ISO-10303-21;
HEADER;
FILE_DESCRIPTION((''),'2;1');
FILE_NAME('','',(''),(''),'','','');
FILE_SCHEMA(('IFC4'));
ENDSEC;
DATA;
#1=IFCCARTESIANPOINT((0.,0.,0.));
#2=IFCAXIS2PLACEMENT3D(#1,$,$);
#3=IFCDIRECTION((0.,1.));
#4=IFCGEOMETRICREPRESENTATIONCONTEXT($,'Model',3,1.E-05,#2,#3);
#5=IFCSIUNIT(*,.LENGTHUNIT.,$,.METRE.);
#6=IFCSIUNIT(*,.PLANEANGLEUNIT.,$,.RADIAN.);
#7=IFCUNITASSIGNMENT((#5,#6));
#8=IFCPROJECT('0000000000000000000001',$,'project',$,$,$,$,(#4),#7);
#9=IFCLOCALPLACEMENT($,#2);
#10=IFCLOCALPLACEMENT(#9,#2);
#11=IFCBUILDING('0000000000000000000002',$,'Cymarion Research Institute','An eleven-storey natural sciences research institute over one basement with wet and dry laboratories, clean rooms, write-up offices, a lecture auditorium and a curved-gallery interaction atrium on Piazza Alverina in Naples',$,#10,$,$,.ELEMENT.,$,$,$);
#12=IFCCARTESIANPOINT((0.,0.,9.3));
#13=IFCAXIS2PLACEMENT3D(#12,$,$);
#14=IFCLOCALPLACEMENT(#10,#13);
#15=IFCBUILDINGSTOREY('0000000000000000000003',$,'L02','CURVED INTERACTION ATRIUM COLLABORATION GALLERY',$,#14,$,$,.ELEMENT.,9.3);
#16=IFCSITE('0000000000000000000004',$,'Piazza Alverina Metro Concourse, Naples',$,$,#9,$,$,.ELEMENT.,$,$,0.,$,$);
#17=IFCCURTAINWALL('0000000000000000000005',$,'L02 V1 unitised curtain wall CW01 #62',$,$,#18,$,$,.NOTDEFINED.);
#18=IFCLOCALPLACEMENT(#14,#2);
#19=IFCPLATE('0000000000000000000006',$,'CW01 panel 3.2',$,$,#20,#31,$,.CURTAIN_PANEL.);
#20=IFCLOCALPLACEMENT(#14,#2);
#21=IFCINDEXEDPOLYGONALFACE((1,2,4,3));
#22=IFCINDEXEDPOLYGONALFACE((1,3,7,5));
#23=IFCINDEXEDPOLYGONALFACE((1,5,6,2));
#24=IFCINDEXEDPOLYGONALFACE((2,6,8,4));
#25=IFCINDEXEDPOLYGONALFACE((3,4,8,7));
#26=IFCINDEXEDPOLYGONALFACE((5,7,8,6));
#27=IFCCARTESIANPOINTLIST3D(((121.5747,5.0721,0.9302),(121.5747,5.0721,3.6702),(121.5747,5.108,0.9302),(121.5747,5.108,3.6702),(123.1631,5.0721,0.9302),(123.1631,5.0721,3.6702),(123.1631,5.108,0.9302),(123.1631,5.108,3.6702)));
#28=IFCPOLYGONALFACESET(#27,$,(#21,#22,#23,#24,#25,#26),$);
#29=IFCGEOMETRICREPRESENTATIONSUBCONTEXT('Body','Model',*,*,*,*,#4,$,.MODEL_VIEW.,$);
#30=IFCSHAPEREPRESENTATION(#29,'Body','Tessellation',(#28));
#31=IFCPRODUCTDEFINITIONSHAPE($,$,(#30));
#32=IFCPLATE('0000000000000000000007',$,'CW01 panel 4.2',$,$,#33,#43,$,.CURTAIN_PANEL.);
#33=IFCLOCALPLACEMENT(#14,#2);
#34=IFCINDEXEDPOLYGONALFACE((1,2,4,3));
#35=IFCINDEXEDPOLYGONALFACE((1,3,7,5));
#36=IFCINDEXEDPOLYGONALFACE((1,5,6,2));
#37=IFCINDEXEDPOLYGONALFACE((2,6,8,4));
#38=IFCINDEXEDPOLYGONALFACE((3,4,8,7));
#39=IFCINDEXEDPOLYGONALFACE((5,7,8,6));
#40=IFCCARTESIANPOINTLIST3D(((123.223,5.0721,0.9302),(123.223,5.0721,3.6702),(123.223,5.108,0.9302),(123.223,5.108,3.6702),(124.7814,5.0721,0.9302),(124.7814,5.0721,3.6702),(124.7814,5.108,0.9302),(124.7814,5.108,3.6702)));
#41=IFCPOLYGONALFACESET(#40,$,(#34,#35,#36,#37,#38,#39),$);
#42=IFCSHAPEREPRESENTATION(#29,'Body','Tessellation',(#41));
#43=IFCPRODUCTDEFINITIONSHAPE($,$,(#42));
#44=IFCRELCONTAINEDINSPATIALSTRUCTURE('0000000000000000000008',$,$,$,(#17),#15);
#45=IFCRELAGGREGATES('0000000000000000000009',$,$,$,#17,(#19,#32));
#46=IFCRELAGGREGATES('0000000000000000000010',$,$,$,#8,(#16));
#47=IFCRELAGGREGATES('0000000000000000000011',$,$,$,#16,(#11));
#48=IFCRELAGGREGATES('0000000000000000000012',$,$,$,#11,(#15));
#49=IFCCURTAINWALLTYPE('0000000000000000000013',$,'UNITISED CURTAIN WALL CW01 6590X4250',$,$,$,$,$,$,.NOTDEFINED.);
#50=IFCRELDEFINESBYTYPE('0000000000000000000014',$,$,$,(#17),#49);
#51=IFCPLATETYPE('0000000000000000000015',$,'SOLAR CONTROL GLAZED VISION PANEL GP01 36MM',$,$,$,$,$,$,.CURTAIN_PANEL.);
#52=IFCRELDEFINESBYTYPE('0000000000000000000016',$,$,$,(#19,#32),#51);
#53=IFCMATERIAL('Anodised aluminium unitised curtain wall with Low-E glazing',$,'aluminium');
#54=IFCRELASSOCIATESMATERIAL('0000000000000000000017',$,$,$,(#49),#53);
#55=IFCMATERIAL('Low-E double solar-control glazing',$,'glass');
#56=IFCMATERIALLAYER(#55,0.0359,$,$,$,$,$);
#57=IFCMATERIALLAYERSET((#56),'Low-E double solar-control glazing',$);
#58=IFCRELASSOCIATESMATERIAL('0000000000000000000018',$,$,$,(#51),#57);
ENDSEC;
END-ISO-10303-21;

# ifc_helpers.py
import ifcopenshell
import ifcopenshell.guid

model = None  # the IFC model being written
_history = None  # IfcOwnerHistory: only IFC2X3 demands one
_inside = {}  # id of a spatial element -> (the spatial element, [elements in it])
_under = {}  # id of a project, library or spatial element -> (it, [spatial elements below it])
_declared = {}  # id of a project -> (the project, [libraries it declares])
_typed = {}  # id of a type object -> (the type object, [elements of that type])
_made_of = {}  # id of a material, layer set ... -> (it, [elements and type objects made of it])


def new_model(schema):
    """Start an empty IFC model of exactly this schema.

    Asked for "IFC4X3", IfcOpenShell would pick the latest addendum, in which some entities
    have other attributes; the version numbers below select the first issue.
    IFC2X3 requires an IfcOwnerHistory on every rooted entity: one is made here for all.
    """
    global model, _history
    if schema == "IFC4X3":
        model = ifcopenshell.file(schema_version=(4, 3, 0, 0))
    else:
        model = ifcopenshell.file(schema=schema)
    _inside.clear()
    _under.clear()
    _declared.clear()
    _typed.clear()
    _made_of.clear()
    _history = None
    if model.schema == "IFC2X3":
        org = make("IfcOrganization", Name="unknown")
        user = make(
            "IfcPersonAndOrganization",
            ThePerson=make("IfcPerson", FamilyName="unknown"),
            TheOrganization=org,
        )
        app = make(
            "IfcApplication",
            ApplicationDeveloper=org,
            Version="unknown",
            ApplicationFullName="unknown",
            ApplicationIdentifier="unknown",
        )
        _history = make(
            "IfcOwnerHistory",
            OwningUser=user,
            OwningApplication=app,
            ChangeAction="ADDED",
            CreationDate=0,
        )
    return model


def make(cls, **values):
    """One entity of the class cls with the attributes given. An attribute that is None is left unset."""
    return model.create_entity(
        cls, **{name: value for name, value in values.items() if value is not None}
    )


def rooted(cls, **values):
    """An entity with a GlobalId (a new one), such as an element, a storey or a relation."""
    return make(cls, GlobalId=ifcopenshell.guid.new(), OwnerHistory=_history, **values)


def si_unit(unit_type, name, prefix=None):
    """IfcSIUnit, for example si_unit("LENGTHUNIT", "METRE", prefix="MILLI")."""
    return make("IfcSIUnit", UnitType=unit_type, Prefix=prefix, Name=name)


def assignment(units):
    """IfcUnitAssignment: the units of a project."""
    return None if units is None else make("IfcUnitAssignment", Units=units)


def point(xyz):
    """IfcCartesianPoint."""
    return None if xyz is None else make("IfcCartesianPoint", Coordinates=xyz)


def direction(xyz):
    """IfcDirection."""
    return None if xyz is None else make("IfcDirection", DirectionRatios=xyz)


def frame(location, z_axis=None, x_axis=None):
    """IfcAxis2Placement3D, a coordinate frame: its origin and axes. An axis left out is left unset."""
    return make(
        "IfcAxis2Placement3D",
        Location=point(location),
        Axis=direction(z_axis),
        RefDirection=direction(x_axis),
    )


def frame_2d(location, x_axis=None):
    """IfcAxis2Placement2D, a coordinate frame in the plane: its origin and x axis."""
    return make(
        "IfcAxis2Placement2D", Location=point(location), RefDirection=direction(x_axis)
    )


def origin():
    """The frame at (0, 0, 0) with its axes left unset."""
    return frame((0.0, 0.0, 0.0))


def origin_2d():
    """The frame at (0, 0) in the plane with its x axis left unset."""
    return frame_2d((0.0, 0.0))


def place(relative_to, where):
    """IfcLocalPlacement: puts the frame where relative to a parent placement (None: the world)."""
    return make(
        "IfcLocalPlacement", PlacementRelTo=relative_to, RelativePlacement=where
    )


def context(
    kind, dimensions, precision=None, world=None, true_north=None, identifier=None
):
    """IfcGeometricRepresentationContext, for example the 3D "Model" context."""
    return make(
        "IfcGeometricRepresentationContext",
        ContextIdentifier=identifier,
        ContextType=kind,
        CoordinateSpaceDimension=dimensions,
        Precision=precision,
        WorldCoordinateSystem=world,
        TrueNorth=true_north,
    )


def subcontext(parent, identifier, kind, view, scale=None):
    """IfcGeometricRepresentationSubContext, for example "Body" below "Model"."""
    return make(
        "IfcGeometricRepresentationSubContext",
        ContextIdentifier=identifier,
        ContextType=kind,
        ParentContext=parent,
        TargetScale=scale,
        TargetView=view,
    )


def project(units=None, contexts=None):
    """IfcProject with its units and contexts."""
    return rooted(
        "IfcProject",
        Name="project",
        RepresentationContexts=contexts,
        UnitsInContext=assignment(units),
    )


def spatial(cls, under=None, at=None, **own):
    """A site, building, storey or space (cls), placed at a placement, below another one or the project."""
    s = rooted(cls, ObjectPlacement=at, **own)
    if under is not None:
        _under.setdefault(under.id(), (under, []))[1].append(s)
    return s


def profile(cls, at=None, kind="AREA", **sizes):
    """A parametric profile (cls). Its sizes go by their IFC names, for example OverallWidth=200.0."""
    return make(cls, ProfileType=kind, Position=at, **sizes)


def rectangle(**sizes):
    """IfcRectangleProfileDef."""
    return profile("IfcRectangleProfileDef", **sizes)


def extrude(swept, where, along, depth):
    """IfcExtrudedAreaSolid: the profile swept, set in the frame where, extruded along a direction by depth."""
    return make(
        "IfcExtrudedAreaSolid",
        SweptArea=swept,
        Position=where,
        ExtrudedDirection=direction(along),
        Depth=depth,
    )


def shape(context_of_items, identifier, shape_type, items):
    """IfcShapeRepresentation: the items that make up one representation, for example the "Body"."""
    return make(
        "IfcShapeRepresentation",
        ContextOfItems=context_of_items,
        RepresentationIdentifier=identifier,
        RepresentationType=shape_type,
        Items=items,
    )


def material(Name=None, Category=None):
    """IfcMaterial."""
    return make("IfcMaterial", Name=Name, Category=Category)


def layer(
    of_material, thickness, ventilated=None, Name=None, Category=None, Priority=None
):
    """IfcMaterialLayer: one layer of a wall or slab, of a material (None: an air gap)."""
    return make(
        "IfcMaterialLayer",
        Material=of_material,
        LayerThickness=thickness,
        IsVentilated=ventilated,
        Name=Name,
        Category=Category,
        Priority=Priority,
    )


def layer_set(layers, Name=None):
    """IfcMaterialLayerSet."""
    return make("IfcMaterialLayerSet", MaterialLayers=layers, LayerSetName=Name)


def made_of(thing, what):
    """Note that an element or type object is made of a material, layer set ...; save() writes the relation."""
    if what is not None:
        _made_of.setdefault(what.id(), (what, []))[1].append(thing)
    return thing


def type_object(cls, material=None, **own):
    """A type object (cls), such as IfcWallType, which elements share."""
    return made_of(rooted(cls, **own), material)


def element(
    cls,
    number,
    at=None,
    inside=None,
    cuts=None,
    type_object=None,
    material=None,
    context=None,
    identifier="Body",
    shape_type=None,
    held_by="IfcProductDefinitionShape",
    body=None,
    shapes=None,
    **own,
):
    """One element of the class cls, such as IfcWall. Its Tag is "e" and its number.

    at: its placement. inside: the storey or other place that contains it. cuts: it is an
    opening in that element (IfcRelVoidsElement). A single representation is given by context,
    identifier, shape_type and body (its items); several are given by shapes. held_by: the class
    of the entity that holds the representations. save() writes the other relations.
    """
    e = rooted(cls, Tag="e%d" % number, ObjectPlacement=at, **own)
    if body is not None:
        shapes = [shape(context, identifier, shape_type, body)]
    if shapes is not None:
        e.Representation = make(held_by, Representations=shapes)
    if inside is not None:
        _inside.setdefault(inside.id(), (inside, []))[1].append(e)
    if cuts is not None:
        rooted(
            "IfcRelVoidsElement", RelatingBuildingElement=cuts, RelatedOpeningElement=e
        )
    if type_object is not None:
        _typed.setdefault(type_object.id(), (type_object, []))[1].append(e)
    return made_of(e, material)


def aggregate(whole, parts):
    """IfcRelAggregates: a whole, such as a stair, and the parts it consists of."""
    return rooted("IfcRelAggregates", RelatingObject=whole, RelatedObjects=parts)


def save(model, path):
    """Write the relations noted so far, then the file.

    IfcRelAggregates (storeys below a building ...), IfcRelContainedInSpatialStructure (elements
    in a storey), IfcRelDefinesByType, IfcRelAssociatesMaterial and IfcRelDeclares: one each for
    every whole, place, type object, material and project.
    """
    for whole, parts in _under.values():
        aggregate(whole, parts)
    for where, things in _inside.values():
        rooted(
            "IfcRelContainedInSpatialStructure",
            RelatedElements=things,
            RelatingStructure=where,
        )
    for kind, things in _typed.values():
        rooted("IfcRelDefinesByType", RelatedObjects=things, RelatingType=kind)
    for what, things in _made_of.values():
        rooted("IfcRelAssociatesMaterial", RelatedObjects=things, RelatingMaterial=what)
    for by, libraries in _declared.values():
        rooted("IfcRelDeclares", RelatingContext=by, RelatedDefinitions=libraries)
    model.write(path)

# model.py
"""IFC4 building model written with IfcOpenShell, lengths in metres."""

from ifc_helpers import new_model, si_unit, direction, frame, origin, origin_2d, place, context, subcontext, project, spatial, rectangle, extrude, material, layer, layer_set, type_object, element, aggregate, save


model = new_model("IFC4")

# Units and contexts
model_context = context("Model", 3, precision=1e-05, world=origin(), true_north=direction((0.0, 1.0)))
body_context = subcontext(model_context, "Body", "Model", "MODEL_VIEW")
ifc_project = project(units=[si_unit("LENGTHUNIT", "METRE"), si_unit("PLANEANGLEUNIT", "RADIAN")], contexts=[model_context])

# Site, building, storey
site_placement = place(None, origin())
site = spatial("IfcSite", under=ifc_project, at=site_placement, Name="Piazza Alverina Metro Concourse, Naples", CompositionType="ELEMENT", RefElevation=0.0)
building_placement = place(site_placement, origin())
building = spatial("IfcBuilding", under=site, at=building_placement, Name="Cymarion Research Institute", Description="An eleven-storey natural sciences research institute over one basement with wet and dry laboratories, clean rooms, write-up offices, a lecture auditorium and a curved-gallery interaction atrium on Piazza Alverina in Naples", CompositionType="ELEMENT")
storey_placement = place(building_placement, frame((0.0, 0.0, 9.3)))
storey = spatial("IfcBuildingStorey", under=building, at=storey_placement, Name="L02", Description="CURVED INTERACTION ATRIUM COLLABORATION GALLERY", CompositionType="ELEMENT", Elevation=9.3)

# Curtain wall
ifc_material_1 = material(Name="Anodised aluminium unitised curtain wall with Low-E glazing", Category="aluminium")
curtain_wall_type = type_object("IfcCurtainWallType", Name="UNITISED CURTAIN WALL CW01 6590X4250", PredefinedType="NOTDEFINED", material=ifc_material_1)
curtain_wall_1_placement = place(storey_placement, origin())
curtain_wall_1 = element("IfcCurtainWall", 1, at=curtain_wall_1_placement, inside=storey, type_object=curtain_wall_type, Name="L02 V1 unitised curtain wall CW01 #62", PredefinedType="NOTDEFINED")

# Plates
ifc_material_2 = material(Name="Low-E double solar-control glazing", Category="glass")
ifc_layer_1 = layer(ifc_material_2, 0.0359)
ifc_layer_set_1 = layer_set([ifc_layer_1], Name="Low-E double solar-control glazing")
plate_type_1 = type_object("IfcPlateType", Name="SOLAR CONTROL GLAZED VISION PANEL GP01 36MM", PredefinedType="CURTAIN_PANEL", material=ifc_layer_set_1)
plate_1_placement = place(storey_placement, frame((122.3689, 5.0901, 0.9302), z_axis=(0.0, 0.0, 1.0), x_axis=(1.0, 0.0, 0.0)))
plate_1 = element("IfcPlate", 2, at=plate_1_placement, type_object=plate_type_1, Name="CW01 panel 3.2", PredefinedType="CURTAIN_PANEL", context=body_context, shape_type="SweptSolid", body=[
    extrude(rectangle(XDim=1.5884, YDim=0.0359, at=origin_2d()), origin(), (0.0, 0.0, 1.0), 2.74),
])
plate_2_placement = place(storey_placement, frame((124.0022, 5.0901, 0.9302), z_axis=(0.0, 0.0, 1.0), x_axis=(1.0, 0.0, 0.0)))
plate_2 = element("IfcPlate", 3, at=plate_2_placement, type_object=plate_type_1, Name="CW01 panel 4.2", PredefinedType="CURTAIN_PANEL", context=body_context, shape_type="SweptSolid", body=[
    extrude(rectangle(XDim=1.5583, YDim=0.0359, at=origin_2d()), origin(), (0.0, 0.0, 1.0), 2.74),
])
aggregate(curtain_wall_1, [plate_1, plate_2])

save(model, "model.ifc")
